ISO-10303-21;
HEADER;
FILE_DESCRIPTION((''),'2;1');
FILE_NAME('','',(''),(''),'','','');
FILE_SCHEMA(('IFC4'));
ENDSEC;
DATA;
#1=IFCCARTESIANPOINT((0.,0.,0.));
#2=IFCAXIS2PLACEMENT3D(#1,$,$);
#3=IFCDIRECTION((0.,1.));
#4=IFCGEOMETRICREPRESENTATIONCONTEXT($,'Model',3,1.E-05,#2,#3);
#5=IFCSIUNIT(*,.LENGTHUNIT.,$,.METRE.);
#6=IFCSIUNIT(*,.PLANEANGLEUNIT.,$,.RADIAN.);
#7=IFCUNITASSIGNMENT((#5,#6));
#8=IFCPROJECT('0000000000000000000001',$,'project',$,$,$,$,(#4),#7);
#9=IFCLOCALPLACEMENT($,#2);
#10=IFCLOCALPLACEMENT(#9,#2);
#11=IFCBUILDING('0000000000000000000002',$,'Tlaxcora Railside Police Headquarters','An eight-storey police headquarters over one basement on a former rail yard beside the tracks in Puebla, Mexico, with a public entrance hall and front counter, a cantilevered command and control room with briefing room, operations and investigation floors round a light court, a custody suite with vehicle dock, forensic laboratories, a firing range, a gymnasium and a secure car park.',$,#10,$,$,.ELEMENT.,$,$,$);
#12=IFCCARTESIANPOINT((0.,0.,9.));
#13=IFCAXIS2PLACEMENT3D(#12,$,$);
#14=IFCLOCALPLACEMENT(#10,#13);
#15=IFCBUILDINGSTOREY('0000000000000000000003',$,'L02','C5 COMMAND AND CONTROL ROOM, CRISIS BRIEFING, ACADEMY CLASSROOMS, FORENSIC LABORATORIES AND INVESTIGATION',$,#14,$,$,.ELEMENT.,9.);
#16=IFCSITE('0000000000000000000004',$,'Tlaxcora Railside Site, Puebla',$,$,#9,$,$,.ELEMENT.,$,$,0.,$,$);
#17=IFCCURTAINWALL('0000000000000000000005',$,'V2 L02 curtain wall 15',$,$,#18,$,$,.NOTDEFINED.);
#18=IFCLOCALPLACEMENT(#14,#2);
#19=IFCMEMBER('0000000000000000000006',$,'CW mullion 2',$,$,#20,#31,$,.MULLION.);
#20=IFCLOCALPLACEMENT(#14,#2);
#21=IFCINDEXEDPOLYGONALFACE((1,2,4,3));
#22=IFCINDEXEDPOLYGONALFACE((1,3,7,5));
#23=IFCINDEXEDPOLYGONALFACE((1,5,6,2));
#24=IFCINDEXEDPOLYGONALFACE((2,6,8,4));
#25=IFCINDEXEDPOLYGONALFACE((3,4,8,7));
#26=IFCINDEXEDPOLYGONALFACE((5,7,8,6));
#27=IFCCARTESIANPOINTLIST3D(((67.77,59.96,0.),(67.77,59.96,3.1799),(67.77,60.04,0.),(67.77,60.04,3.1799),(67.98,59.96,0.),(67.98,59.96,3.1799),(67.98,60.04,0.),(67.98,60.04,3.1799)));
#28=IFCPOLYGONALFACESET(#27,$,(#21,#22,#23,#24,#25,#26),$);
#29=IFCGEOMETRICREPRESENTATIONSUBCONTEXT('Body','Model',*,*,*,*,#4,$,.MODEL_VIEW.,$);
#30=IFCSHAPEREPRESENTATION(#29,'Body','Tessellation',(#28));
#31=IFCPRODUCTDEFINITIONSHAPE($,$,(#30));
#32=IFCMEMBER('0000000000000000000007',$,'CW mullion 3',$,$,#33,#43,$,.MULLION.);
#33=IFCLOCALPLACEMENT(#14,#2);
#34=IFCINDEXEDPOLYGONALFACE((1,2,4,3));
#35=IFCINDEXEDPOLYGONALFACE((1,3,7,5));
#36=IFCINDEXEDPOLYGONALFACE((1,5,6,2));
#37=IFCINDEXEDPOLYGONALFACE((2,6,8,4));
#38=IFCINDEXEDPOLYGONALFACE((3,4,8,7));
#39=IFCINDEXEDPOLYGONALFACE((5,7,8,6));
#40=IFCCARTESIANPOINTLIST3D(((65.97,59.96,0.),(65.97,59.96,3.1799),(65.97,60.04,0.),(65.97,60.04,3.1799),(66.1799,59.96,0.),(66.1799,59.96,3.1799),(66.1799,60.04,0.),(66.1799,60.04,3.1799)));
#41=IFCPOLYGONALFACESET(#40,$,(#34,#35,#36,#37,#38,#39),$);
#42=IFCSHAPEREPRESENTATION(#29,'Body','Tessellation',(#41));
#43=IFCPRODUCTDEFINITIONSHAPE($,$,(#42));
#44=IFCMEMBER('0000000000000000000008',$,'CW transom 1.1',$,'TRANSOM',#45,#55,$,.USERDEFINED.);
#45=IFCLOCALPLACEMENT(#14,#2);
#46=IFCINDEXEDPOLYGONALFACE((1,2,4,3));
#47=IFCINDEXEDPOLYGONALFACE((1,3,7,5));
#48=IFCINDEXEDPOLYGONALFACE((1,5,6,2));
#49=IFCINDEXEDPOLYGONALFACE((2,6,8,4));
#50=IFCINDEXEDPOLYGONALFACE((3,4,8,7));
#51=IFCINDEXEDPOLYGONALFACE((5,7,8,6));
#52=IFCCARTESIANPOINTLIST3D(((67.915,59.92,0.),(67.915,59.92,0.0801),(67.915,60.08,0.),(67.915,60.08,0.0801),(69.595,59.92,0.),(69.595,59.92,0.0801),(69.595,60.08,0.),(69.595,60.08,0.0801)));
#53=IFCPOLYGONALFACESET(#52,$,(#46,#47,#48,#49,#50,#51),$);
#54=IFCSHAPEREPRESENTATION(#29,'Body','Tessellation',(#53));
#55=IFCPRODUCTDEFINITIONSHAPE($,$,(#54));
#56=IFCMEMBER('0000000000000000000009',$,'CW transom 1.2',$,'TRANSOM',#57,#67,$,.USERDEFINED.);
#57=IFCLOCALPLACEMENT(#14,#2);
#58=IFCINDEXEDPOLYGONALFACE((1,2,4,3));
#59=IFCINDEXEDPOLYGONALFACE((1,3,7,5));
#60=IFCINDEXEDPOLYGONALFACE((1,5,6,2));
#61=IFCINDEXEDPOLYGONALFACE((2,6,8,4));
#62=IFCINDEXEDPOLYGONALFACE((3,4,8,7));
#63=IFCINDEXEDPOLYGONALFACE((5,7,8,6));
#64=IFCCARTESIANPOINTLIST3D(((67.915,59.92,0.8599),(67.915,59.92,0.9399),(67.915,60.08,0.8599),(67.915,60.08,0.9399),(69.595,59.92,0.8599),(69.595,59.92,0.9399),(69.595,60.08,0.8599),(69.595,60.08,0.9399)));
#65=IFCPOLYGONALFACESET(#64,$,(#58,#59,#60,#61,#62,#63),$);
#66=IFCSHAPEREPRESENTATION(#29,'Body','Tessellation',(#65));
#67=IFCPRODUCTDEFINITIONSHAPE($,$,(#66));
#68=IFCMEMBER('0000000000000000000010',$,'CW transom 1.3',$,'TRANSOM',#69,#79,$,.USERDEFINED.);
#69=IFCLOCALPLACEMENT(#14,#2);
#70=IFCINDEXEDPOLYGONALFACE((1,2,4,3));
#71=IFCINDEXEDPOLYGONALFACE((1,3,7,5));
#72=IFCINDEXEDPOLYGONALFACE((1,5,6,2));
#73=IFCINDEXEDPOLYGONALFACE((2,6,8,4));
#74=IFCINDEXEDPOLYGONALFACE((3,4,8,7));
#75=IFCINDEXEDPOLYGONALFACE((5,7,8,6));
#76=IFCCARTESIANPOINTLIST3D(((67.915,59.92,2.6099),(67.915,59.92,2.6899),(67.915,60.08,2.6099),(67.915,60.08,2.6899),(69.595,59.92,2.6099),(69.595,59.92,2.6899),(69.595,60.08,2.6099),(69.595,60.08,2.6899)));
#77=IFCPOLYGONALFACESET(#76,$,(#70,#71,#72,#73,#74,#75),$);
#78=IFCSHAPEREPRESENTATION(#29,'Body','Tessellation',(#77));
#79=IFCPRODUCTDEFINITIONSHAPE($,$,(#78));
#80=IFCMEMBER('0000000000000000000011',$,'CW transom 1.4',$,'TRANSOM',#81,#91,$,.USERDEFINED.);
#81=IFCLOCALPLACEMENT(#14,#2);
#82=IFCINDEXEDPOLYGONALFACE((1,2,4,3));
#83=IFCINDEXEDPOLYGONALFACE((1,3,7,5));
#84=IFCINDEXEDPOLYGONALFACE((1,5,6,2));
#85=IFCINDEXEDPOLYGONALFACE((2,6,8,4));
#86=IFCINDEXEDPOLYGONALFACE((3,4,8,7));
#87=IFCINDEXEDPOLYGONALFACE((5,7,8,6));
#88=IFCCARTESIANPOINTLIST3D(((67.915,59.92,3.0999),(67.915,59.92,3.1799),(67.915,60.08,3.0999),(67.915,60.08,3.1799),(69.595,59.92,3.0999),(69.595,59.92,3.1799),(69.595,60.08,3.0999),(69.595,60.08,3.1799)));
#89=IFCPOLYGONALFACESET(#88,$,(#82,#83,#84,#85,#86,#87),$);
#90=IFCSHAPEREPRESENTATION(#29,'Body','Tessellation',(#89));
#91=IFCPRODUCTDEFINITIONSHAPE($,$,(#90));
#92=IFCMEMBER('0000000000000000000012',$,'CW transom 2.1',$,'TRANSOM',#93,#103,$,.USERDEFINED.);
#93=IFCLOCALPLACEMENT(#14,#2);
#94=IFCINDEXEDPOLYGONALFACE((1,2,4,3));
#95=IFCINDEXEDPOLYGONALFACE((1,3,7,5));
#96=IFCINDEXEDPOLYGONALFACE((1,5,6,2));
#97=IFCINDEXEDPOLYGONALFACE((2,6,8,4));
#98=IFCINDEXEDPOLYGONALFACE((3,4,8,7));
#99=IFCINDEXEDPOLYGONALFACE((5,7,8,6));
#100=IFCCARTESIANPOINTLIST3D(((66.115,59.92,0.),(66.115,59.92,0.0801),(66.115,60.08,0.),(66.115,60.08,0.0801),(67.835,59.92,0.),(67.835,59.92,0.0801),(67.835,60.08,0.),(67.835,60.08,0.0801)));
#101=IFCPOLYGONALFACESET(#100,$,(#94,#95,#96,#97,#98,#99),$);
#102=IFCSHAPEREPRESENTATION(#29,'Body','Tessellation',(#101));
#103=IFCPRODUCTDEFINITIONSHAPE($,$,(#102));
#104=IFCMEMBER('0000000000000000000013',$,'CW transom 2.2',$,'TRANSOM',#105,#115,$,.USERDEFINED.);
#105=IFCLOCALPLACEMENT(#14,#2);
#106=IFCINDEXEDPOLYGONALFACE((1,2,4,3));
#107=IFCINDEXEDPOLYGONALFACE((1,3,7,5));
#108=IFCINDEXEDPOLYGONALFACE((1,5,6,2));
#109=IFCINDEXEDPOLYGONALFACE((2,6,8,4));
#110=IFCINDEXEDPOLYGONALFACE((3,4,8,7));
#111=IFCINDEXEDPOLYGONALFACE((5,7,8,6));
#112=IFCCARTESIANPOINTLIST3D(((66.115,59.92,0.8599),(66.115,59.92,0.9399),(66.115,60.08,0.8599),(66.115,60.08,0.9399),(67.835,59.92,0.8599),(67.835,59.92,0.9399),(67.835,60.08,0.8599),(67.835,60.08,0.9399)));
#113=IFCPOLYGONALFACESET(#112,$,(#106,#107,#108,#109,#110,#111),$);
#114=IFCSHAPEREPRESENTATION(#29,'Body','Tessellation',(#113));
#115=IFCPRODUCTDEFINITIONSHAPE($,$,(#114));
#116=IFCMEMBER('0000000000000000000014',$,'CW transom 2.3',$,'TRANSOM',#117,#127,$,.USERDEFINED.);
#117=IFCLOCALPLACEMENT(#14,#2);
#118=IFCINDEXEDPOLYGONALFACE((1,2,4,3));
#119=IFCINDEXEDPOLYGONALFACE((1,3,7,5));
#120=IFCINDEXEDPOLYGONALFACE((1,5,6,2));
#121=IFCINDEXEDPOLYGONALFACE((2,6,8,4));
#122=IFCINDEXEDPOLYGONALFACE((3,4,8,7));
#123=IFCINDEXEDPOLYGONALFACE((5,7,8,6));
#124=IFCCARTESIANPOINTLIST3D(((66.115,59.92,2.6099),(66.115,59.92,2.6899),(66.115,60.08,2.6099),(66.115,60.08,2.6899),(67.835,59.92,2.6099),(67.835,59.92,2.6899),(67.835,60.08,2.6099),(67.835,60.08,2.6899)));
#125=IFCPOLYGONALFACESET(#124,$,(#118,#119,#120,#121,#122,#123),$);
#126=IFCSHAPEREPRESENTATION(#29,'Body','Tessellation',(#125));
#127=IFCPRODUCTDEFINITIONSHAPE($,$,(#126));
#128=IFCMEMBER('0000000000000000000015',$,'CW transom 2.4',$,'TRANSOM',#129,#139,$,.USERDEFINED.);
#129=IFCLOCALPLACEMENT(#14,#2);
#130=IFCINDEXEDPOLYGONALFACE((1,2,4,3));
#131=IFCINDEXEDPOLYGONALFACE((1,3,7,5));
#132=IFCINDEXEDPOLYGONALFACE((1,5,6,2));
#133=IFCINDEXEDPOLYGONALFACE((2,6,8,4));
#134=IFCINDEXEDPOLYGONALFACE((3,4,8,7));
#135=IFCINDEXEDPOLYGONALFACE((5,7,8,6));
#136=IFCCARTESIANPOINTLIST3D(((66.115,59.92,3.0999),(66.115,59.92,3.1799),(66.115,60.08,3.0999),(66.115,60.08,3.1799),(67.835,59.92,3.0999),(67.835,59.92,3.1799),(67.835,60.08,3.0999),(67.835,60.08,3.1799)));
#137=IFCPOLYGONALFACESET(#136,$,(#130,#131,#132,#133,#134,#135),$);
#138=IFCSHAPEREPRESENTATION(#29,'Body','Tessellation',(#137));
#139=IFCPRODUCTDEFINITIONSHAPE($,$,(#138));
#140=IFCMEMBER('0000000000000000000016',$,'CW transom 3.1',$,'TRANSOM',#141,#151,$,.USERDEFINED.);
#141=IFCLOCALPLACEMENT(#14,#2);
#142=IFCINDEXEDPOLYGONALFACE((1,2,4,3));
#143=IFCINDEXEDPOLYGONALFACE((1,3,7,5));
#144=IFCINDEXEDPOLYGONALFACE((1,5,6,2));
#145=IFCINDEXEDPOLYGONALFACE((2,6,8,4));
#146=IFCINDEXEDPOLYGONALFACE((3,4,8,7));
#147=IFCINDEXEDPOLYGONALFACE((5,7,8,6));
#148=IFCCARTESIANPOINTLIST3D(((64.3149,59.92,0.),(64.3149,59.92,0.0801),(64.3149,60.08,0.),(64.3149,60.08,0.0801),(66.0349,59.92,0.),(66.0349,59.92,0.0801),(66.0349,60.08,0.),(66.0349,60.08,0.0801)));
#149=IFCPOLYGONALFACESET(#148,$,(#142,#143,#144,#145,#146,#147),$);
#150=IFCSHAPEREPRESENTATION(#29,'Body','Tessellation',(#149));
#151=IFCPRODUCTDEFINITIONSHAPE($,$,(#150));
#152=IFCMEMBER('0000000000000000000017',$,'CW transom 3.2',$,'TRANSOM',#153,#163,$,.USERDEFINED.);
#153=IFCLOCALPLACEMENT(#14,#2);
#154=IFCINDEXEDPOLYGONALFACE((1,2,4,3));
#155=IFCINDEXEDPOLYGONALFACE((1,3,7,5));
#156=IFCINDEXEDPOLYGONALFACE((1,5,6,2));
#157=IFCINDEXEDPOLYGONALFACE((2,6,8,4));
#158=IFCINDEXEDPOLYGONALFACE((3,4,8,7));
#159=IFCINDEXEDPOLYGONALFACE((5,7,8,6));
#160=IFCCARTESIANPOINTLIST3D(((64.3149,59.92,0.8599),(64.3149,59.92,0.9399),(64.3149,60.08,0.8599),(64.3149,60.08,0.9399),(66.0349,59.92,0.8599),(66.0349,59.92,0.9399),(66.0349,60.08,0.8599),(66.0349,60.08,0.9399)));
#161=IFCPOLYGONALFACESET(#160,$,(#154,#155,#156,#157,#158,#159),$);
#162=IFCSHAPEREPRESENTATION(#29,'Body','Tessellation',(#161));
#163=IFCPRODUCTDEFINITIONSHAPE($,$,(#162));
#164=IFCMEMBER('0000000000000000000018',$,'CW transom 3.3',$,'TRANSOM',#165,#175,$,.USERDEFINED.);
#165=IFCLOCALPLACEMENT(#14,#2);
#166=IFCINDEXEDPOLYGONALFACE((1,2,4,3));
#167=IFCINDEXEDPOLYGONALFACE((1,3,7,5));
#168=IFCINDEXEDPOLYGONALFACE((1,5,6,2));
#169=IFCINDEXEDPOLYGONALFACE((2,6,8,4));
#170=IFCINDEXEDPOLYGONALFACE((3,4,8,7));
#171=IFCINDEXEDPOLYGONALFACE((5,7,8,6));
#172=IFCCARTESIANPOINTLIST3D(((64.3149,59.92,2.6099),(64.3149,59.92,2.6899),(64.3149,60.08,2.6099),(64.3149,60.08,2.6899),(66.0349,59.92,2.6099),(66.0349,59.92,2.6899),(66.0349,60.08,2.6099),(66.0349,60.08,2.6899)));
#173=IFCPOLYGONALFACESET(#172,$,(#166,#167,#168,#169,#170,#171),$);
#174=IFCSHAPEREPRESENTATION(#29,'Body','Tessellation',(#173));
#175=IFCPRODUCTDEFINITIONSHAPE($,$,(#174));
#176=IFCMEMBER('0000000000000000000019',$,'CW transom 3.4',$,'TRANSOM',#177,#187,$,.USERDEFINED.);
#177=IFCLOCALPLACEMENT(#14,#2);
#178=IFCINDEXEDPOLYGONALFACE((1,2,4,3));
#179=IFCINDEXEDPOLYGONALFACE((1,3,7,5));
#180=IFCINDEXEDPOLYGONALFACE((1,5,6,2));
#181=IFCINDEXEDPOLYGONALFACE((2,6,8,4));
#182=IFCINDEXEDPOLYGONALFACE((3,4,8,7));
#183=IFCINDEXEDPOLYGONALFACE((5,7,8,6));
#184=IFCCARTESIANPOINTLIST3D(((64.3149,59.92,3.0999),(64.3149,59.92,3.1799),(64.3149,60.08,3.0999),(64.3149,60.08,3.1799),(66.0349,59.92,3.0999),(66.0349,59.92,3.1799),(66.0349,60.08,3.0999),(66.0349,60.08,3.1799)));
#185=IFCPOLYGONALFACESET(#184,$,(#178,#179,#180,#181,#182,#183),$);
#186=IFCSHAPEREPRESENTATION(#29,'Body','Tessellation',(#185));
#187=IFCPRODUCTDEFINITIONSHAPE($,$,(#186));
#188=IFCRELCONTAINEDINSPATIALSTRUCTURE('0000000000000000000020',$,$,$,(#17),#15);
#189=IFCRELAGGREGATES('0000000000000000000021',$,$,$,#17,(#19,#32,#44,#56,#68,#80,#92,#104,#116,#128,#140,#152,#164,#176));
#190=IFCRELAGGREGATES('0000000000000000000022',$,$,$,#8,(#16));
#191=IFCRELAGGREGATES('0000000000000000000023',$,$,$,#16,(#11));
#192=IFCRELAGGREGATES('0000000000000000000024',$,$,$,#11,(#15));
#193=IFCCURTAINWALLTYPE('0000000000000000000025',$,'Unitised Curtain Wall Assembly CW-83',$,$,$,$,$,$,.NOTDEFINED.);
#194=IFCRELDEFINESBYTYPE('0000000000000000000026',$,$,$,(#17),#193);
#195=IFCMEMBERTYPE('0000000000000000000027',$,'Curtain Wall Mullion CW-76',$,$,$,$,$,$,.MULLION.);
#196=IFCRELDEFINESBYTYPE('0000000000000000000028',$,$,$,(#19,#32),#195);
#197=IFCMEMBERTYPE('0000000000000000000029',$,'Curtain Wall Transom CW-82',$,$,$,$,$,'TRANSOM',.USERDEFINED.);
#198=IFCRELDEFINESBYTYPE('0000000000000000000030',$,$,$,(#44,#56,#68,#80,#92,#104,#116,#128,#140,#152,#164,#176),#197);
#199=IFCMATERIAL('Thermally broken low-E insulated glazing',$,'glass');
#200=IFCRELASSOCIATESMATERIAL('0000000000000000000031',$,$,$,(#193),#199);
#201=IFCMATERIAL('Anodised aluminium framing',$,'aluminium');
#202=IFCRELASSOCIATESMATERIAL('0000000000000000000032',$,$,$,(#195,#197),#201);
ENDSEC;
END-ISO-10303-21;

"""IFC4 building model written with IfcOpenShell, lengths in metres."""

from ifc_helpers import new_model, si_unit, direction, frame, origin, origin_2d, place, context, subcontext, project, spatial, rectangle, extrude, material, material_profile, profile_set, type_object, element, aggregate, save


model = new_model("IFC4")

# Units and contexts
model_context = context("Model", 3, precision=1e-05, world=origin(), true_north=direction((0.0, 1.0)))
body_context = subcontext(model_context, "Body", "Model", "MODEL_VIEW")
ifc_project = project(units=[si_unit("LENGTHUNIT", "METRE"), si_unit("PLANEANGLEUNIT", "RADIAN")], contexts=[model_context])

# Site, building, storey
site_placement = place(None, origin())
site = spatial("IfcSite", under=ifc_project, at=site_placement, Name="Tlaxcora Railside Site, Puebla", CompositionType="ELEMENT", RefElevation=0.0)
building_placement = place(site_placement, origin())
building = spatial("IfcBuilding", under=site, at=building_placement, Name="Tlaxcora Railside Police Headquarters", Description="An eight-storey police headquarters over one basement on a former rail yard beside the tracks in Puebla, Mexico, with a public entrance hall and front counter, a cantilevered command and control room with briefing room, operations and investigation floors round a light court, a custody suite with vehicle dock, forensic laboratories, a firing range, a gymnasium and a secure car park.", CompositionType="ELEMENT")
storey_placement = place(building_placement, frame((0.0, 0.0, 9.0)))
storey = spatial("IfcBuildingStorey", under=building, at=storey_placement, Name="L02", Description="C5 COMMAND AND CONTROL ROOM, CRISIS BRIEFING, ACADEMY CLASSROOMS, FORENSIC LABORATORIES AND INVESTIGATION", CompositionType="ELEMENT", Elevation=9.0)

# Curtain wall, members
ifc_material_1 = material(Name="Thermally broken low-E insulated glazing", Category="glass")
curtain_wall_type = type_object("IfcCurtainWallType", Name="Unitised Curtain Wall Assembly CW-83", PredefinedType="NOTDEFINED", material=ifc_material_1)
curtain_wall_placement = place(storey_placement, origin())
curtain_wall = element("IfcCurtainWall", 1, at=curtain_wall_placement, inside=storey, type_object=curtain_wall_type, Name="V2 L02 curtain wall 15", PredefinedType="NOTDEFINED")
ifc_material_2 = material(Name="Anodised aluminium framing", Category="aluminium")
ifc_material_profile_1 = material_profile(ifc_material_2, rectangle(XDim=0.0801, YDim=0.21, at=origin_2d()), Name="AL80X210")
ifc_profile_set_1 = profile_set([ifc_material_profile_1], Name="Anodised aluminium framing")
member_type_1 = type_object("IfcMemberType", Name="Curtain Wall Mullion CW-76", PredefinedType="MULLION", material=ifc_profile_set_1)
member_1_placement = place(storey_placement, frame((67.875, 60.0, 0.0), z_axis=(0.0, 0.0, 1.0), x_axis=(0.0, -1.0, 0.0)))
member_1 = element("IfcMember", 2, at=member_1_placement, type_object=member_type_1, Name="CW mullion 2", PredefinedType="MULLION", context=body_context, shape_type="SweptSolid", body=[
    extrude(rectangle(XDim=0.0801, YDim=0.21, at=origin_2d()), origin(), (0.0, 0.0, 1.0), 3.1799),
])
member_2_placement = place(storey_placement, frame((66.075, 60.0, 0.0), z_axis=(0.0, 0.0, 1.0), x_axis=(0.0, -1.0, 0.0)))
member_2 = element("IfcMember", 3, at=member_2_placement, type_object=member_type_1, Name="CW mullion 3", PredefinedType="MULLION", context=body_context, shape_type="SweptSolid", body=[
    extrude(rectangle(XDim=0.0801, YDim=0.21, at=origin_2d()), origin(), (0.0, 0.0, 1.0), 3.1799),
])
ifc_material_profile_2 = material_profile(ifc_material_2, rectangle(XDim=0.1599, YDim=0.0801, at=origin_2d()), Name="AL80X160")
ifc_profile_set_2 = profile_set([ifc_material_profile_2], Name="Anodised aluminium framing")
member_type_2 = type_object("IfcMemberType", Name="Curtain Wall Transom CW-82", ElementType="TRANSOM", PredefinedType="USERDEFINED", material=ifc_profile_set_2)
member_3_placement = place(storey_placement, frame((69.595, 60.0, 0.04), z_axis=(-1.0, 0.0, 0.0), x_axis=(0.0, -1.0, 0.0)))
member_3 = element("IfcMember", 4, at=member_3_placement, type_object=member_type_2, Name="CW transom 1.1", ObjectType="TRANSOM", PredefinedType="USERDEFINED", context=body_context, shape_type="SweptSolid", body=[
    extrude(rectangle(XDim=0.1599, YDim=0.0801, at=origin_2d()), origin(), (0.0, 0.0, 1.0), 1.6799),
])
member_4_placement = place(storey_placement, frame((69.595, 60.0, 0.8999), z_axis=(-1.0, 0.0, 0.0), x_axis=(0.0, -1.0, 0.0)))
member_4 = element("IfcMember", 5, at=member_4_placement, type_object=member_type_2, Name="CW transom 1.2", ObjectType="TRANSOM", PredefinedType="USERDEFINED", context=body_context, shape_type="SweptSolid", body=[
    extrude(rectangle(XDim=0.1599, YDim=0.0801, at=origin_2d()), origin(), (0.0, 0.0, 1.0), 1.6799),
])
member_5_placement = place(storey_placement, frame((69.595, 60.0, 2.6499), z_axis=(-1.0, 0.0, 0.0), x_axis=(0.0, -1.0, 0.0)))
member_5 = element("IfcMember", 6, at=member_5_placement, type_object=member_type_2, Name="CW transom 1.3", ObjectType="TRANSOM", PredefinedType="USERDEFINED", context=body_context, shape_type="SweptSolid", body=[
    extrude(rectangle(XDim=0.1599, YDim=0.0801, at=origin_2d()), origin(), (0.0, 0.0, 1.0), 1.6799),
])
member_6_placement = place(storey_placement, frame((69.595, 60.0, 3.1399), z_axis=(-1.0, 0.0, 0.0), x_axis=(0.0, -1.0, 0.0)))
member_6 = element("IfcMember", 7, at=member_6_placement, type_object=member_type_2, Name="CW transom 1.4", ObjectType="TRANSOM", PredefinedType="USERDEFINED", context=body_context, shape_type="SweptSolid", body=[
    extrude(rectangle(XDim=0.1599, YDim=0.0801, at=origin_2d()), origin(), (0.0, 0.0, 1.0), 1.6799),
])
member_7_placement = place(storey_placement, frame((67.835, 60.0, 0.04), z_axis=(-1.0, 0.0, 0.0), x_axis=(0.0, -1.0, 0.0)))
member_7 = element("IfcMember", 8, at=member_7_placement, type_object=member_type_2, Name="CW transom 2.1", ObjectType="TRANSOM", PredefinedType="USERDEFINED", context=body_context, shape_type="SweptSolid", body=[
    extrude(rectangle(XDim=0.1599, YDim=0.0801, at=origin_2d()), origin(), (0.0, 0.0, 1.0), 1.72),
])
member_8_placement = place(storey_placement, frame((67.835, 60.0, 0.8999), z_axis=(-1.0, 0.0, 0.0), x_axis=(0.0, -1.0, 0.0)))
member_8 = element("IfcMember", 9, at=member_8_placement, type_object=member_type_2, Name="CW transom 2.2", ObjectType="TRANSOM", PredefinedType="USERDEFINED", context=body_context, shape_type="SweptSolid", body=[
    extrude(rectangle(XDim=0.1599, YDim=0.0801, at=origin_2d()), origin(), (0.0, 0.0, 1.0), 1.72),
])
member_9_placement = place(storey_placement, frame((67.835, 60.0, 2.6499), z_axis=(-1.0, 0.0, 0.0), x_axis=(0.0, -1.0, 0.0)))
member_9 = element("IfcMember", 10, at=member_9_placement, type_object=member_type_2, Name="CW transom 2.3", ObjectType="TRANSOM", PredefinedType="USERDEFINED", context=body_context, shape_type="SweptSolid", body=[
    extrude(rectangle(XDim=0.1599, YDim=0.0801, at=origin_2d()), origin(), (0.0, 0.0, 1.0), 1.72),
])
member_10_placement = place(storey_placement, frame((67.835, 60.0, 3.1399), z_axis=(-1.0, 0.0, 0.0), x_axis=(0.0, -1.0, 0.0)))
member_10 = element("IfcMember", 11, at=member_10_placement, type_object=member_type_2, Name="CW transom 2.4", ObjectType="TRANSOM", PredefinedType="USERDEFINED", context=body_context, shape_type="SweptSolid", body=[
    extrude(rectangle(XDim=0.1599, YDim=0.0801, at=origin_2d()), origin(), (0.0, 0.0, 1.0), 1.72),
])
member_11_placement = place(storey_placement, frame((66.0349, 60.0, 0.04), z_axis=(-1.0, 0.0, 0.0), x_axis=(0.0, -1.0, 0.0)))
member_11 = element("IfcMember", 12, at=member_11_placement, type_object=member_type_2, Name="CW transom 3.1", ObjectType="TRANSOM", PredefinedType="USERDEFINED", context=body_context, shape_type="SweptSolid", body=[
    extrude(rectangle(XDim=0.1599, YDim=0.0801, at=origin_2d()), origin(), (0.0, 0.0, 1.0), 1.72),
])
member_12_placement = place(storey_placement, frame((66.0349, 60.0, 0.8999), z_axis=(-1.0, 0.0, 0.0), x_axis=(0.0, -1.0, 0.0)))
member_12 = element("IfcMember", 13, at=member_12_placement, type_object=member_type_2, Name="CW transom 3.2", ObjectType="TRANSOM", PredefinedType="USERDEFINED", context=body_context, shape_type="SweptSolid", body=[
    extrude(rectangle(XDim=0.1599, YDim=0.0801, at=origin_2d()), origin(), (0.0, 0.0, 1.0), 1.72),
])
member_13_placement = place(storey_placement, frame((66.0349, 60.0, 2.6499), z_axis=(-1.0, 0.0, 0.0), x_axis=(0.0, -1.0, 0.0)))
member_13 = element("IfcMember", 14, at=member_13_placement, type_object=member_type_2, Name="CW transom 3.3", ObjectType="TRANSOM", PredefinedType="USERDEFINED", context=body_context, shape_type="SweptSolid", body=[
    extrude(rectangle(XDim=0.1599, YDim=0.0801, at=origin_2d()), origin(), (0.0, 0.0, 1.0), 1.72),
])
member_14_placement = place(storey_placement, frame((66.0349, 60.0, 3.1399), z_axis=(-1.0, 0.0, 0.0), x_axis=(0.0, -1.0, 0.0)))
member_14 = element("IfcMember", 15, at=member_14_placement, type_object=member_type_2, Name="CW transom 3.4", ObjectType="TRANSOM", PredefinedType="USERDEFINED", context=body_context, shape_type="SweptSolid", body=[
    extrude(rectangle(XDim=0.1599, YDim=0.0801, at=origin_2d()), origin(), (0.0, 0.0, 1.0), 1.72),
])
aggregate(curtain_wall, [member_1, member_2, member_3, member_4, member_5, member_6, member_7, member_8, member_9, member_10, member_11, member_12, member_13, member_14])

save(model, "model.ifc")
